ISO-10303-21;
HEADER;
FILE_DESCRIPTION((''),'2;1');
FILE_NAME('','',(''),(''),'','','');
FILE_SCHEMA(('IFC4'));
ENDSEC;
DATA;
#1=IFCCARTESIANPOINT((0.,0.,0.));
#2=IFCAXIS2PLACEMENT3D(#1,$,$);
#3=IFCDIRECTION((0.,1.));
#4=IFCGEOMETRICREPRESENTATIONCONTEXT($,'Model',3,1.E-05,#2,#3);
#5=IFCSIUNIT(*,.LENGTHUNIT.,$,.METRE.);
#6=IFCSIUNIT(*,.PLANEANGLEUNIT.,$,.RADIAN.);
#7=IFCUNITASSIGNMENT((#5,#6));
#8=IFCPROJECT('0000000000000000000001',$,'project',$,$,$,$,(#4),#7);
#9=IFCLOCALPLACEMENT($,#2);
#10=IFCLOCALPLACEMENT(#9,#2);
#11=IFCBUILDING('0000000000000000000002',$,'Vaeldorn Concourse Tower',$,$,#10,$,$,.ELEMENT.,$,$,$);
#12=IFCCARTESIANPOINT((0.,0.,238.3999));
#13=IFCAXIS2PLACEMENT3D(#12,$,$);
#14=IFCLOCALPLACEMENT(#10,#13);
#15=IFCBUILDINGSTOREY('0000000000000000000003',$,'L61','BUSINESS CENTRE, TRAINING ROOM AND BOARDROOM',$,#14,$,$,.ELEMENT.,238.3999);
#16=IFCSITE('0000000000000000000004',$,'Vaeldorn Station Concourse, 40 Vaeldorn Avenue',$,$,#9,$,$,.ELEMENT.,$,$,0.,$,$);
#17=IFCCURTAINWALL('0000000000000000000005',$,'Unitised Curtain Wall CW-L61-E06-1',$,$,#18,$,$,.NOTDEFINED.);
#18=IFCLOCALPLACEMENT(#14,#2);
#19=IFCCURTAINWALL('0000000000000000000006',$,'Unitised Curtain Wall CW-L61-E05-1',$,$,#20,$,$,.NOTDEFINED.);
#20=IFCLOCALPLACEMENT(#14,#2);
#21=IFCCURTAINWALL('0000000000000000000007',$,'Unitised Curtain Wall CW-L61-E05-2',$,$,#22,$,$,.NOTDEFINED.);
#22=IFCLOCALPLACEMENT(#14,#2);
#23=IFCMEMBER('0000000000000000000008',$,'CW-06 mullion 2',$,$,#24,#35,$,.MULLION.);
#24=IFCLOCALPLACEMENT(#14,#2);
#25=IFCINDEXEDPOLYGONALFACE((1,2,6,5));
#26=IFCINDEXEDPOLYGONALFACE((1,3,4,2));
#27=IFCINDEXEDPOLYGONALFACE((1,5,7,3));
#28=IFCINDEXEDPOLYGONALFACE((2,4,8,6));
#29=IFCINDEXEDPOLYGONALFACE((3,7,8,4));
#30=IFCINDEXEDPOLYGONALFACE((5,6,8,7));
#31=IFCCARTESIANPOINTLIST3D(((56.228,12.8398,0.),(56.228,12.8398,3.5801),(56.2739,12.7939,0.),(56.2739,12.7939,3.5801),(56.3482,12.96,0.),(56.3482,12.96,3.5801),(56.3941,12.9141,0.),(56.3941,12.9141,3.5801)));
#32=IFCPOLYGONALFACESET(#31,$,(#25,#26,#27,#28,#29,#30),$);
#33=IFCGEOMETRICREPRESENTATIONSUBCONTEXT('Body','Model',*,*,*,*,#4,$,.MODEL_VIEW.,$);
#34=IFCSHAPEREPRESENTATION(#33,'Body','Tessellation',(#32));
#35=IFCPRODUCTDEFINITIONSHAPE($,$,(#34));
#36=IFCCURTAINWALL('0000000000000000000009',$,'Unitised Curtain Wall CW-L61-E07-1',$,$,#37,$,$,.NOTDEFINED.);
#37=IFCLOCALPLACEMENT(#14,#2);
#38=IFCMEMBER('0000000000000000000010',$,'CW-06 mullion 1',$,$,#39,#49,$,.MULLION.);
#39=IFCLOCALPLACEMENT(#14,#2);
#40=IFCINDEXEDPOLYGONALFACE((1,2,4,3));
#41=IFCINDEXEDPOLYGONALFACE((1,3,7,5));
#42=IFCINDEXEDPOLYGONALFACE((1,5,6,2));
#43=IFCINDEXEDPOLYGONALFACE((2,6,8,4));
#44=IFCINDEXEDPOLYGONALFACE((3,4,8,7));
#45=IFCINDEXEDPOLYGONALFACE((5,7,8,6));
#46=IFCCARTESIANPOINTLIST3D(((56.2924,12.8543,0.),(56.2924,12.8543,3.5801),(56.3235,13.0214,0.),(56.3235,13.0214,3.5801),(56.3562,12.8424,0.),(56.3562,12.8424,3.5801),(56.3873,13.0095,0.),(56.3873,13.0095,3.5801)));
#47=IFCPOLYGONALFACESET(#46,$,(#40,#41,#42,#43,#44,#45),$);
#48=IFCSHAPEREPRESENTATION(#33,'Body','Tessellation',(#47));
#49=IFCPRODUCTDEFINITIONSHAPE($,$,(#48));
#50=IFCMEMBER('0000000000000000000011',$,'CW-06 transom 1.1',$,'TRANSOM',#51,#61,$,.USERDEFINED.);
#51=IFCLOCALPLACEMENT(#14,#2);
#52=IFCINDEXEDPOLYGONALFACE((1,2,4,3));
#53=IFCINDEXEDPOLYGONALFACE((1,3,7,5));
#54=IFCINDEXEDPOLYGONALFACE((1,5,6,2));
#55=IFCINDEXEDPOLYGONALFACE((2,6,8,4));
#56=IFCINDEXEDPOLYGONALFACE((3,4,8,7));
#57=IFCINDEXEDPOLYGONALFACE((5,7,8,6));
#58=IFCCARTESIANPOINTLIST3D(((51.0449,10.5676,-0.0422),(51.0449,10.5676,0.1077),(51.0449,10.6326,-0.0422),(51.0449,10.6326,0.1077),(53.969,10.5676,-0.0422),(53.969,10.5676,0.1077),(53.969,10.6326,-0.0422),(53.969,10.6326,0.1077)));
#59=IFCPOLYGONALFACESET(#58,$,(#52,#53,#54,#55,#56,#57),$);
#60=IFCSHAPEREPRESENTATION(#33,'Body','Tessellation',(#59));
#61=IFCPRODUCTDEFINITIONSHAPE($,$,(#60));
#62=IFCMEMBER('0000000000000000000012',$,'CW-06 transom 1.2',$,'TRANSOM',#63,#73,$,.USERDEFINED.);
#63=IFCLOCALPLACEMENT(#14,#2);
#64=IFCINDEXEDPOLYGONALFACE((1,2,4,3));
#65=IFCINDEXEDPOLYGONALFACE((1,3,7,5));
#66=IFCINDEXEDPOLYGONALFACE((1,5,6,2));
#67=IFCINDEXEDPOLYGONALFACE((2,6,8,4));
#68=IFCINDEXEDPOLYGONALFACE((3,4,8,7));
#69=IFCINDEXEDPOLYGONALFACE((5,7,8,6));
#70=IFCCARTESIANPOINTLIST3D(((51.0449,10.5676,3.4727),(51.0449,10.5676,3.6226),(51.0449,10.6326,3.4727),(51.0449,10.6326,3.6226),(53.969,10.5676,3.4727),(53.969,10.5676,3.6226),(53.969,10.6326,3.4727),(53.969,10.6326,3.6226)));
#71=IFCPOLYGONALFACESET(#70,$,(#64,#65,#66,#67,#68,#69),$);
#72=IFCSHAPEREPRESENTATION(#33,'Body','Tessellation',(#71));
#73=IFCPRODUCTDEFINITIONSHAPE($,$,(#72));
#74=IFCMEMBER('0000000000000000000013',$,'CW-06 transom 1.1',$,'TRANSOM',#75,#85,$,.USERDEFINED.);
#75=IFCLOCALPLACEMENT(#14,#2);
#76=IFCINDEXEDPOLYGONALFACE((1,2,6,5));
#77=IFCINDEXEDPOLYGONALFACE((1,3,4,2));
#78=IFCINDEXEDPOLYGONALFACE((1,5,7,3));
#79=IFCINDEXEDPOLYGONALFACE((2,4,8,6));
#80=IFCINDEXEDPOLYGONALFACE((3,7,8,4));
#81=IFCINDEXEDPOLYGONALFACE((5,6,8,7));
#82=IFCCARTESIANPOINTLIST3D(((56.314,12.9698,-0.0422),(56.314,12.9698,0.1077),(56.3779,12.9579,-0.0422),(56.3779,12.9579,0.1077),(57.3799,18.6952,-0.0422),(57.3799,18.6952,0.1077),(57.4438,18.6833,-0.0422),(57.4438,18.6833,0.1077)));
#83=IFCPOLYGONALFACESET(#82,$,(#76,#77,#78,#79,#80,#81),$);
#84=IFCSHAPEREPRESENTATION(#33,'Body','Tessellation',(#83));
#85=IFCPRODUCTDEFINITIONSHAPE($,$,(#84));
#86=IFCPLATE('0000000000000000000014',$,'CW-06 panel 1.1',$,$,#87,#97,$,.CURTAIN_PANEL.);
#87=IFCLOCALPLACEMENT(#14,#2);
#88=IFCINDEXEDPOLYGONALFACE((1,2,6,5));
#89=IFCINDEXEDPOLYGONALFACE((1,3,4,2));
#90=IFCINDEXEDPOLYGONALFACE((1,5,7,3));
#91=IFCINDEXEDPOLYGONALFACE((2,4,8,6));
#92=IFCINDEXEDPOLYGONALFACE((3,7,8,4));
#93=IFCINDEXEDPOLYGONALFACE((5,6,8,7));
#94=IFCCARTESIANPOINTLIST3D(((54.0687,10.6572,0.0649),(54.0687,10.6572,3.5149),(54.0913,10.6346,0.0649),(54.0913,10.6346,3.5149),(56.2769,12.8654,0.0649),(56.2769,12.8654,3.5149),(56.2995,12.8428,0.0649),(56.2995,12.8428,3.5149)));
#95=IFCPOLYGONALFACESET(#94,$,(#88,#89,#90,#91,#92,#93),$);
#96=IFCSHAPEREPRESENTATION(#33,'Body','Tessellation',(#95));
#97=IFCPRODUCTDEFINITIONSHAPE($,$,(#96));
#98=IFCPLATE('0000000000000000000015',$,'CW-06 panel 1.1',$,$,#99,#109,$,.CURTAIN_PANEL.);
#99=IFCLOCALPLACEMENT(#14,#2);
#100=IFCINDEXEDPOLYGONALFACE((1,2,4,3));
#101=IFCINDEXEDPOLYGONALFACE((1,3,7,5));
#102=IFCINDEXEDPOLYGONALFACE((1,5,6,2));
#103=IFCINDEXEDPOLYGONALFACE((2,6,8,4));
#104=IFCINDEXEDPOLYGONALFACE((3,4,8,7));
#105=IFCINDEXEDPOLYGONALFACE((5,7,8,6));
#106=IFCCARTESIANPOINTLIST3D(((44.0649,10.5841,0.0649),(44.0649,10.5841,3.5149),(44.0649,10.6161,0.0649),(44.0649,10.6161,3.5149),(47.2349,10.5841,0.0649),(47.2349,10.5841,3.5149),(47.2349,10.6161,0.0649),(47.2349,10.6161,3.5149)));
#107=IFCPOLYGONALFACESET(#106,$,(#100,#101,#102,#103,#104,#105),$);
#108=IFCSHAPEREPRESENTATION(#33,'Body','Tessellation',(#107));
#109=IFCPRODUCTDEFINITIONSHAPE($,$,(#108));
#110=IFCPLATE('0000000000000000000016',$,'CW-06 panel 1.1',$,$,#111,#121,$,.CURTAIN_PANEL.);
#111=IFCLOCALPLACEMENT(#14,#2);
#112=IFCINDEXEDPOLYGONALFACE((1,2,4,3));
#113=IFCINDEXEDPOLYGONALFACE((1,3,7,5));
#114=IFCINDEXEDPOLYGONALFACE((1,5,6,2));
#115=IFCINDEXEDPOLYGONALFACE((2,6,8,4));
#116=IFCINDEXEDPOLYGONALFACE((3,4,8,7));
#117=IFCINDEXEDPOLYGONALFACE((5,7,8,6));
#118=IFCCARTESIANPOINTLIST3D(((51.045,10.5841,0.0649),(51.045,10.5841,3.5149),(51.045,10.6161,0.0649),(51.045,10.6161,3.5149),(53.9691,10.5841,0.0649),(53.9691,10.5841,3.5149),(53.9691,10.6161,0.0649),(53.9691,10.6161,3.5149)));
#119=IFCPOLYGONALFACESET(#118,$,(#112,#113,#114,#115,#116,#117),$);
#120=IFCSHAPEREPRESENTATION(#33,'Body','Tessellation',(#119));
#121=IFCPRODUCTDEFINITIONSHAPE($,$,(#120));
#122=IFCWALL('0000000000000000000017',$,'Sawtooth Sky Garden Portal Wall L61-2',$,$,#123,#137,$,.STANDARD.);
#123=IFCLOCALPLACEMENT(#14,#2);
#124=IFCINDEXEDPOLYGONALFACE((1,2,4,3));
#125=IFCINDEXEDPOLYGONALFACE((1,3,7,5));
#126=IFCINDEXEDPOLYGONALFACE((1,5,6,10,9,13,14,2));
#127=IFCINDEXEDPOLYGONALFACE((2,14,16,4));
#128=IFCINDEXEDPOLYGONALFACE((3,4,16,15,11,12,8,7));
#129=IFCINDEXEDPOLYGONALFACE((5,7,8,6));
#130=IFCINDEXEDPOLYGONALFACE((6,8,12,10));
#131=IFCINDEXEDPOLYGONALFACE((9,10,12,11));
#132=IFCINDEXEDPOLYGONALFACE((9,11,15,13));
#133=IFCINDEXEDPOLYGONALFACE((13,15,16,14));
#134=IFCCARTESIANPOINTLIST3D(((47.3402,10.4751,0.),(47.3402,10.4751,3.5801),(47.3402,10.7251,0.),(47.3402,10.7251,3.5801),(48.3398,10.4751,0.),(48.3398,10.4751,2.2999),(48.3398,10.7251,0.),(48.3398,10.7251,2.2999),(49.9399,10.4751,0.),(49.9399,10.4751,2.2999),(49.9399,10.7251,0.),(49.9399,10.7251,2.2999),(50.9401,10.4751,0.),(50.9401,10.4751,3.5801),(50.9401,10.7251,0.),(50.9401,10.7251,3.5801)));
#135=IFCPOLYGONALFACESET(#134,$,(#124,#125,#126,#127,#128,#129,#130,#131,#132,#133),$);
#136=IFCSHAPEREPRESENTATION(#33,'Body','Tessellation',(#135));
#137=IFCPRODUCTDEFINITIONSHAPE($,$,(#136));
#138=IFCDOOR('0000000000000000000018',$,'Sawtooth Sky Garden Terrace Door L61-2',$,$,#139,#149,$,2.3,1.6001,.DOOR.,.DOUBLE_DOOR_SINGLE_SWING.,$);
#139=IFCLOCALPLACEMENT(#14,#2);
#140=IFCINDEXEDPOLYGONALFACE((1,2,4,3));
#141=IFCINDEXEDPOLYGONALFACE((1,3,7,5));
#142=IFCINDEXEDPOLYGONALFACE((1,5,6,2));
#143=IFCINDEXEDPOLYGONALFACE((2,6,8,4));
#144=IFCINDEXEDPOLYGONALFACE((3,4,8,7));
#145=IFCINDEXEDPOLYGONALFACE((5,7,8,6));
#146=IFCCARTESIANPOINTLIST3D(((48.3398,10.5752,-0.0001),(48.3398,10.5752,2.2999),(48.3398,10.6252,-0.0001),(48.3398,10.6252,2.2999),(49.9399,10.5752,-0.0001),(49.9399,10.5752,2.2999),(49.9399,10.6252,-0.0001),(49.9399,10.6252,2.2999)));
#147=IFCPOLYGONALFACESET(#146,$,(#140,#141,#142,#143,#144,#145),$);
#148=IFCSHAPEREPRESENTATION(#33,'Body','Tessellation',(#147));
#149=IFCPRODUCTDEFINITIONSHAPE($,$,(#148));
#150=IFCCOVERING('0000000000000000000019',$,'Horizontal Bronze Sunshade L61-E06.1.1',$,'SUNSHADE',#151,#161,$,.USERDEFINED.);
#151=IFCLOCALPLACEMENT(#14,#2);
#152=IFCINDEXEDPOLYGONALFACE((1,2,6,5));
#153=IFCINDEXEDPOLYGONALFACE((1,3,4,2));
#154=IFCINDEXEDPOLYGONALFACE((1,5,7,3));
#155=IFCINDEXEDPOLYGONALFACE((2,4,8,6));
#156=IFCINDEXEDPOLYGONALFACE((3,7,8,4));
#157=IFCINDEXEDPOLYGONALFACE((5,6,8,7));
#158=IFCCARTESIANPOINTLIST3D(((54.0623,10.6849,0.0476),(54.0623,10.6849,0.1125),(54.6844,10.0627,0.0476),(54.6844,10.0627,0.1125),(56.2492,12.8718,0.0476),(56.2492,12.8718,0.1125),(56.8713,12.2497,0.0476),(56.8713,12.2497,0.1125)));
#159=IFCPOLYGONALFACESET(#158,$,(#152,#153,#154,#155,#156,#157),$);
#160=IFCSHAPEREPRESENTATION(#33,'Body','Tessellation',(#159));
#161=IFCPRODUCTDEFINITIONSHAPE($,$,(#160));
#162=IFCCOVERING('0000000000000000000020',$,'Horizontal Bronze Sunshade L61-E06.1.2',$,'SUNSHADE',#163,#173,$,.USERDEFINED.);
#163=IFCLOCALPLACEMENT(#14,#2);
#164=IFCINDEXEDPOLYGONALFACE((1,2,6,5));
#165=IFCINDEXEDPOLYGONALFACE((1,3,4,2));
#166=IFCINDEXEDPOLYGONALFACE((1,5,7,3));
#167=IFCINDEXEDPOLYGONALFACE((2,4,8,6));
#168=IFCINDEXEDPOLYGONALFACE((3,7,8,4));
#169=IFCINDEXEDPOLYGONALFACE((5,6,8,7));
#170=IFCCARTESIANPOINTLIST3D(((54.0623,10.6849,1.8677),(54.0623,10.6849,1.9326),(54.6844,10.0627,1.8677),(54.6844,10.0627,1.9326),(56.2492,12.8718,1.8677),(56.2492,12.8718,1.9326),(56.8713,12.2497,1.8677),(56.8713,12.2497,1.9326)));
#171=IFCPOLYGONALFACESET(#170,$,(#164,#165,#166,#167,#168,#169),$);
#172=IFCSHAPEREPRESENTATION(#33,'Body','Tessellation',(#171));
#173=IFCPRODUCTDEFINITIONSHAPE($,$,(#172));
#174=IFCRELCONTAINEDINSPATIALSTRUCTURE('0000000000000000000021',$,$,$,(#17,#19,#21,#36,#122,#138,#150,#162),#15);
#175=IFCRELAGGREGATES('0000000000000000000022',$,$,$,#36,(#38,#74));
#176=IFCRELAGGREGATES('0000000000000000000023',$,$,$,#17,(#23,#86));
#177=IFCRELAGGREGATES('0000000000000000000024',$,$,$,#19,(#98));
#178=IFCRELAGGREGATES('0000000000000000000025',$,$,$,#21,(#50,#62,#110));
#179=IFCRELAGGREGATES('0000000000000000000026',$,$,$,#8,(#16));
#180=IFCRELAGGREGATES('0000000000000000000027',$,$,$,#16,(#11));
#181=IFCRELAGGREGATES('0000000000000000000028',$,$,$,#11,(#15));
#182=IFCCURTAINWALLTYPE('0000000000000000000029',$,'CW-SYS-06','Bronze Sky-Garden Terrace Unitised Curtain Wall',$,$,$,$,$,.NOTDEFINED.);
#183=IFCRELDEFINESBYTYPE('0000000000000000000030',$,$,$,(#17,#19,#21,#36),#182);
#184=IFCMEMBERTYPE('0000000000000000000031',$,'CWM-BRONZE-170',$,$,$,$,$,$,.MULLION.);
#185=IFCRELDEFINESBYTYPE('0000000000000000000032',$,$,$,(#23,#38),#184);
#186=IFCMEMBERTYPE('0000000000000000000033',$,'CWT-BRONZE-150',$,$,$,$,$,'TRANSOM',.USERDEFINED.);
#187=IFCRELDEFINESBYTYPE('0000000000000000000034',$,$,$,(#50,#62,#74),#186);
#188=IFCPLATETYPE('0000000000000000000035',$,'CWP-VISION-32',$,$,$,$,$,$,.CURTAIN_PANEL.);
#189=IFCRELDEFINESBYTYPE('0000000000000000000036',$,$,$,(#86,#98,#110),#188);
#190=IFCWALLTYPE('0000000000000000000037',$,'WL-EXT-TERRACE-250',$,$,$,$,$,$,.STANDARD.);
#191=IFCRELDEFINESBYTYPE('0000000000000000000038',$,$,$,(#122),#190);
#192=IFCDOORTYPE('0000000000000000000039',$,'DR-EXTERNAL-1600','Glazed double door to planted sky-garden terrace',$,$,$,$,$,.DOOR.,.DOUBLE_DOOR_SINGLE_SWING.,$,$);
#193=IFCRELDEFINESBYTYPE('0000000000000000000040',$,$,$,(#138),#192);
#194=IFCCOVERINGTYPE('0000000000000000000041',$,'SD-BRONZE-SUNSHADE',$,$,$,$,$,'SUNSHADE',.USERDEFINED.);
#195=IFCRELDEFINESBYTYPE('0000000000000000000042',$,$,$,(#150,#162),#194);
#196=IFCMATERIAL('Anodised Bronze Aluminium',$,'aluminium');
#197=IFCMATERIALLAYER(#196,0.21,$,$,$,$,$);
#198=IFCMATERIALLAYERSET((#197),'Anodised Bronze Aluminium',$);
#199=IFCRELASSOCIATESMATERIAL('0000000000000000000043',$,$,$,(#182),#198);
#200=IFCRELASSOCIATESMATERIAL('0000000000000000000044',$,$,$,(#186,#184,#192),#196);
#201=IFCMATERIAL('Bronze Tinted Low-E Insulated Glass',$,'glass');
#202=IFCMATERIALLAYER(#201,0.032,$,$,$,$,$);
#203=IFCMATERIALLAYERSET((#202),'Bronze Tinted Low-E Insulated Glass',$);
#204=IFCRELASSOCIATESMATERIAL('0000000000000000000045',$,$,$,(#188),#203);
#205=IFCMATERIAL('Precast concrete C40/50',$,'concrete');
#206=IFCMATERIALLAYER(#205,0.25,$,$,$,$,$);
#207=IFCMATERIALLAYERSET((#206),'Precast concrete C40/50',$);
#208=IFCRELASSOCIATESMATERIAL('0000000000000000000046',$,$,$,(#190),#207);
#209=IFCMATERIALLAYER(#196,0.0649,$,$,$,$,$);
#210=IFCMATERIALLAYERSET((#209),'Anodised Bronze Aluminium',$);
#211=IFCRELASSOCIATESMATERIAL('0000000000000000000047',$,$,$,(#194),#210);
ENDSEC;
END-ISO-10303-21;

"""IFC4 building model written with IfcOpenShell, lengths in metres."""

from ifc_helpers import new_model, si_unit, direction, frame, frame_2d, origin, origin_2d, place, context, subcontext, project, spatial, rectangle, extrude, source, transform, mapped, material, layer, layer_set, material_profile, profile_set, type_object, element, fill, aggregate, save


model = new_model("IFC4")

# Units and contexts
model_context = context("Model", 3, precision=1e-05, world=origin(), true_north=direction((0.0, 1.0)))
body_context = subcontext(model_context, "Body", "Model", "MODEL_VIEW")
ifc_project = project(units=[si_unit("LENGTHUNIT", "METRE"), si_unit("PLANEANGLEUNIT", "RADIAN")], contexts=[model_context])

# Site, building, storey
site_placement = place(None, origin())
site = spatial("IfcSite", under=ifc_project, at=site_placement, Name="Vaeldorn Station Concourse, 40 Vaeldorn Avenue", CompositionType="ELEMENT", RefElevation=0.0)
building_placement = place(site_placement, origin())
building = spatial("IfcBuilding", under=site, at=building_placement, Name="Vaeldorn Concourse Tower", CompositionType="ELEMENT")
storey_placement = place(building_placement, frame((0.0, 0.0, 238.3999)))
storey = spatial("IfcBuildingStorey", under=building, at=storey_placement, Name="L61", Description="BUSINESS CENTRE, TRAINING ROOM AND BOARDROOM", CompositionType="ELEMENT", Elevation=238.3999)

# Curtain wall
ifc_material_1 = material(Name="Anodised Bronze Aluminium", Category="aluminium")
ifc_layer_1 = layer(ifc_material_1, 0.21)
ifc_layer_set_1 = layer_set([ifc_layer_1], Name="Anodised Bronze Aluminium")
curtain_wall_type = type_object("IfcCurtainWallType", Name="CW-SYS-06", Description="Bronze Sky-Garden Terrace Unitised Curtain Wall", PredefinedType="NOTDEFINED", material=ifc_layer_set_1)
curtain_wall_1_placement = place(storey_placement, origin())
curtain_wall_1 = element("IfcCurtainWall", 1, at=curtain_wall_1_placement, inside=storey, type_object=curtain_wall_type, Name="Unitised Curtain Wall CW-L61-E06-1", PredefinedType="NOTDEFINED")
ifc_material_profile_1 = material_profile(ifc_material_1, rectangle(XDim=0.0649, YDim=0.1499, at=origin_2d()), Name="CWT 65x150")
ifc_profile_set_1 = profile_set([ifc_material_profile_1], Name="Anodised Bronze Aluminium")
member_type_1 = type_object("IfcMemberType", Name="CWT-BRONZE-150", ElementType="TRANSOM", PredefinedType="USERDEFINED", material=ifc_profile_set_1)

# Curtain wall
curtain_wall_2_placement = place(storey_placement, origin())
curtain_wall_2 = element("IfcCurtainWall", 2, at=curtain_wall_2_placement, inside=storey, type_object=curtain_wall_type, Name="Unitised Curtain Wall CW-L61-E05-1", PredefinedType="NOTDEFINED")
ifc_material_profile_2 = material_profile(ifc_material_1, rectangle(XDim=0.0649, YDim=0.1699, at=origin_2d()), Name="CWM 65x170")
ifc_profile_set_2 = profile_set([ifc_material_profile_2], Name="Anodised Bronze Aluminium")
member_type_2 = type_object("IfcMemberType", Name="CWM-BRONZE-170", PredefinedType="MULLION", material=ifc_profile_set_2)
shared_shape_1 = source(origin(), body_context, "Body", "SweptSolid", [
    extrude(rectangle(XDim=0.0649, YDim=0.1699, at=origin_2d()), origin(), (0.0, 0.0, 1.0), 3.5801),
])

# Curtain wall
curtain_wall_3_placement = place(storey_placement, origin())
curtain_wall_3 = element("IfcCurtainWall", 3, at=curtain_wall_3_placement, inside=storey, type_object=curtain_wall_type, Name="Unitised Curtain Wall CW-L61-E05-2", PredefinedType="NOTDEFINED")

# Member
member_1_placement = place(storey_placement, frame((56.311, 12.877, 0.0), z_axis=(0.0, 0.0, 1.0), x_axis=(-0.707107, 0.707107, 0.0)))
member_1 = element("IfcMember", 4, at=member_1_placement, type_object=member_type_2, Name="CW-06 mullion 2", PredefinedType="MULLION", context=body_context, shape_type="MappedRepresentation", body=[
    mapped(shared_shape_1, transform((0.0, 0.0, 0.0), scale=1.0)),
])

# Curtain wall, member
curtain_wall_4_placement = place(storey_placement, origin())
curtain_wall_4 = element("IfcCurtainWall", 5, at=curtain_wall_4_placement, inside=storey, type_object=curtain_wall_type, Name="Unitised Curtain Wall CW-L61-E07-1", PredefinedType="NOTDEFINED")
member_2_placement = place(storey_placement, frame((56.3398, 12.9319, 0.0), z_axis=(0.0, 0.0, 1.0), x_axis=(-0.983103, 0.183055, 0.0)))
member_2 = element("IfcMember", 6, at=member_2_placement, type_object=member_type_2, Name="CW-06 mullion 1", PredefinedType="MULLION", context=body_context, shape_type="MappedRepresentation", body=[
    mapped(shared_shape_1, transform((0.0, 0.0, 0.0), scale=1.0)),
])

# Members
shared_shape_2 = source(origin(), body_context, "Body", "SweptSolid", [
    extrude(rectangle(XDim=0.0649, YDim=0.1499, at=origin_2d()), origin(), (0.0, 0.0, 1.0), 2.9241),
])
member_3_placement = place(storey_placement, frame((51.0449, 10.6001, 0.0327), z_axis=(1.0, 0.0, 0.0), x_axis=(0.0, 1.0, 0.0)))
member_3 = element("IfcMember", 7, at=member_3_placement, type_object=member_type_1, Name="CW-06 transom 1.1", ObjectType="TRANSOM", PredefinedType="USERDEFINED", context=body_context, shape_type="MappedRepresentation", body=[
    mapped(shared_shape_2, transform((0.0, 0.0, 0.0), scale=1.0)),
])
member_4_placement = place(storey_placement, frame((51.0449, 10.6001, 3.5476), z_axis=(1.0, 0.0, 0.0), x_axis=(0.0, 1.0, 0.0)))
member_4 = element("IfcMember", 8, at=member_4_placement, type_object=member_type_1, Name="CW-06 transom 1.2", ObjectType="TRANSOM", PredefinedType="USERDEFINED", context=body_context, shape_type="MappedRepresentation", body=[
    mapped(shared_shape_2, transform((0.0, 0.0, 0.0), scale=1.0)),
])
shared_shape_3 = source(origin(), body_context, "Body", "SweptSolid", [
    extrude(rectangle(XDim=0.0649, YDim=0.1499, at=origin_2d()), origin(), (0.0, 0.0, 1.0), 5.8237),
])
member_5_placement = place(storey_placement, frame((56.3459, 12.9639, 0.0327), z_axis=(0.18303, 0.983107, 0.0), x_axis=(-0.983107, 0.18303, 0.0)))
member_5 = element("IfcMember", 9, at=member_5_placement, type_object=member_type_1, Name="CW-06 transom 1.1", ObjectType="TRANSOM", PredefinedType="USERDEFINED", context=body_context, shape_type="MappedRepresentation", body=[
    mapped(shared_shape_3, transform((0.0, 0.0, 0.0), scale=1.0)),
])
aggregate(curtain_wall_4, [member_2, member_5])

# Plates
ifc_material_2 = material(Name="Bronze Tinted Low-E Insulated Glass", Category="glass")
ifc_layer_2 = layer(ifc_material_2, 0.032)
ifc_layer_set_2 = layer_set([ifc_layer_2], Name="Bronze Tinted Low-E Insulated Glass")
plate_type = type_object("IfcPlateType", Name="CWP-VISION-32", PredefinedType="CURTAIN_PANEL", material=ifc_layer_set_2)
shared_shape_4 = source(origin(), body_context, "Body", "SweptSolid", [
    extrude(rectangle(XDim=3.1228, YDim=0.032, at=origin_2d()), origin(), (0.0, 0.0, 1.0), 3.45),
])
plate_1_placement = place(storey_placement, frame((55.1841, 11.75, 0.0649), z_axis=(0.0, 0.0, 1.0), x_axis=(0.707107, 0.707107, 0.0)))
plate_1 = element("IfcPlate", 10, at=plate_1_placement, type_object=plate_type, Name="CW-06 panel 1.1", PredefinedType="CURTAIN_PANEL", context=body_context, shape_type="MappedRepresentation", body=[
    mapped(shared_shape_4, transform((0.0, 0.0, 0.0), scale=1.0)),
])
aggregate(curtain_wall_1, [member_1, plate_1])
shared_shape_5 = source(origin(), body_context, "Body", "SweptSolid", [
    extrude(rectangle(XDim=3.1699, YDim=0.032, at=origin_2d()), origin(), (0.0, 0.0, 1.0), 3.45),
])
plate_2_placement = place(storey_placement, frame((45.6499, 10.6001, 0.0649), z_axis=(0.0, 0.0, 1.0), x_axis=(1.0, 0.0, 0.0)))
plate_2 = element("IfcPlate", 11, at=plate_2_placement, type_object=plate_type, Name="CW-06 panel 1.1", PredefinedType="CURTAIN_PANEL", context=body_context, shape_type="MappedRepresentation", body=[
    mapped(shared_shape_5, transform((0.0, 0.0, 0.0), scale=1.0)),
])
aggregate(curtain_wall_2, [plate_2])
shared_shape_6 = source(origin(), body_context, "Body", "SweptSolid", [
    extrude(rectangle(XDim=2.9241, YDim=0.032, at=origin_2d()), origin(), (0.0, 0.0, 1.0), 3.45),
])
plate_3_placement = place(storey_placement, frame((52.5071, 10.6001, 0.0649), z_axis=(0.0, 0.0, 1.0), x_axis=(1.0, 0.0, 0.0)))
plate_3 = element("IfcPlate", 12, at=plate_3_placement, type_object=plate_type, Name="CW-06 panel 1.1", PredefinedType="CURTAIN_PANEL", context=body_context, shape_type="MappedRepresentation", body=[
    mapped(shared_shape_6, transform((0.0, 0.0, 0.0), scale=1.0)),
])
aggregate(curtain_wall_3, [member_3, member_4, plate_3])

# Wall, opening, door
ifc_material_3 = material(Name="Precast concrete C40/50", Category="concrete")
ifc_layer_3 = layer(ifc_material_3, 0.25)
ifc_layer_set_3 = layer_set([ifc_layer_3], Name="Precast concrete C40/50")
wall_type = type_object("IfcWallType", Name="WL-EXT-TERRACE-250", PredefinedType="STANDARD", material=ifc_layer_set_3)
wall_placement = place(storey_placement, frame((50.9399, 10.6001, 0.0), z_axis=(0.0, 0.0, 1.0), x_axis=(-1.0, 0.0, 0.0)))
wall = element("IfcWall", 13, at=wall_placement, inside=storey, type_object=wall_type, Name="Sawtooth Sky Garden Portal Wall L61-2", PredefinedType="STANDARD", context=body_context, shape_type="SweptSolid", body=[
    extrude(rectangle(XDim=3.5999, YDim=0.25, at=frame_2d((1.7998, 0.0))), origin(), (0.0, 0.0, 1.0), 3.5801),
])
opening_placement = place(wall_placement, frame((1.0, 0.0, 0.0)))
opening = element("IfcOpeningElement", 14, at=opening_placement, cuts=wall, PredefinedType="OPENING", context=body_context, shape_type="SweptSolid", body=[
    extrude(rectangle(XDim=1.6001, YDim=2.3, at=frame_2d((0.8, 1.1499))), frame((0.0, 0.135, 0.0), z_axis=(0.0, -1.0, 0.0), x_axis=(1.0, 0.0, 0.0)), (0.0, 0.0, 1.0), 0.27),
])
door_type = type_object("IfcDoorType", Name="DR-EXTERNAL-1600", Description="Glazed double door to planted sky-garden terrace", OperationType="DOUBLE_DOOR_SINGLE_SWING", PredefinedType="DOOR", material=ifc_material_1)
shared_shape_7 = source(origin(), body_context, "Body", "SweptSolid", [
    extrude(rectangle(XDim=1.6001, YDim=2.3, at=frame_2d((0.8, 1.1499))), frame((0.0, 0.0249, 0.0), z_axis=(0.0, -1.0, 0.0), x_axis=(1.0, 0.0, 0.0)), (0.0, 0.0, 1.0), 0.05),
])
door_placement = place(opening_placement, origin())
door = element("IfcDoor", 15, at=door_placement, inside=storey, type_object=door_type, Name="Sawtooth Sky Garden Terrace Door L61-2", OperationType="DOUBLE_DOOR_SINGLE_SWING", OverallHeight=2.3, OverallWidth=1.6001, PredefinedType="DOOR", context=body_context, shape_type="MappedRepresentation", body=[
    mapped(shared_shape_7, transform((0.0, 0.0, 0.0), scale=1.0)),
])
fill(opening, door)

# Coverings
ifc_layer_4 = layer(ifc_material_1, 0.0649)
ifc_layer_set_4 = layer_set([ifc_layer_4], Name="Anodised Bronze Aluminium")
covering_type = type_object("IfcCoveringType", Name="SD-BRONZE-SUNSHADE", ElementType="SUNSHADE", PredefinedType="USERDEFINED", material=ifc_layer_set_4)
shared_shape_8 = source(origin(), body_context, "Body", "SweptSolid", [
    extrude(rectangle(XDim=3.0928, YDim=0.8799, at=origin_2d()), origin(), (0.0, 0.0, 1.0), 0.0649),
])
for number, where, z_axis, x_axis, name in (
    (16, (55.4668, 11.4673, 0.0476), (0.0, 0.0, 1.0), (0.707107, 0.707107, 0.0), "Horizontal Bronze Sunshade L61-E06.1.1"),
    (17, (55.4668, 11.4673, 1.8677), (0.0, 0.0, 1.0), (0.707107, 0.707107, 0.0), "Horizontal Bronze Sunshade L61-E06.1.2"),
):
    element("IfcCovering", number, at=place(storey_placement, frame(where, z_axis=z_axis, x_axis=x_axis)), inside=storey, type_object=covering_type, Name=name, ObjectType="SUNSHADE", PredefinedType="USERDEFINED", context=body_context, shape_type="MappedRepresentation", body=[
        mapped(shared_shape_8, transform((0.0, 0.0, 0.0), scale=1.0)),
    ])

save(model, "model.ifc")
